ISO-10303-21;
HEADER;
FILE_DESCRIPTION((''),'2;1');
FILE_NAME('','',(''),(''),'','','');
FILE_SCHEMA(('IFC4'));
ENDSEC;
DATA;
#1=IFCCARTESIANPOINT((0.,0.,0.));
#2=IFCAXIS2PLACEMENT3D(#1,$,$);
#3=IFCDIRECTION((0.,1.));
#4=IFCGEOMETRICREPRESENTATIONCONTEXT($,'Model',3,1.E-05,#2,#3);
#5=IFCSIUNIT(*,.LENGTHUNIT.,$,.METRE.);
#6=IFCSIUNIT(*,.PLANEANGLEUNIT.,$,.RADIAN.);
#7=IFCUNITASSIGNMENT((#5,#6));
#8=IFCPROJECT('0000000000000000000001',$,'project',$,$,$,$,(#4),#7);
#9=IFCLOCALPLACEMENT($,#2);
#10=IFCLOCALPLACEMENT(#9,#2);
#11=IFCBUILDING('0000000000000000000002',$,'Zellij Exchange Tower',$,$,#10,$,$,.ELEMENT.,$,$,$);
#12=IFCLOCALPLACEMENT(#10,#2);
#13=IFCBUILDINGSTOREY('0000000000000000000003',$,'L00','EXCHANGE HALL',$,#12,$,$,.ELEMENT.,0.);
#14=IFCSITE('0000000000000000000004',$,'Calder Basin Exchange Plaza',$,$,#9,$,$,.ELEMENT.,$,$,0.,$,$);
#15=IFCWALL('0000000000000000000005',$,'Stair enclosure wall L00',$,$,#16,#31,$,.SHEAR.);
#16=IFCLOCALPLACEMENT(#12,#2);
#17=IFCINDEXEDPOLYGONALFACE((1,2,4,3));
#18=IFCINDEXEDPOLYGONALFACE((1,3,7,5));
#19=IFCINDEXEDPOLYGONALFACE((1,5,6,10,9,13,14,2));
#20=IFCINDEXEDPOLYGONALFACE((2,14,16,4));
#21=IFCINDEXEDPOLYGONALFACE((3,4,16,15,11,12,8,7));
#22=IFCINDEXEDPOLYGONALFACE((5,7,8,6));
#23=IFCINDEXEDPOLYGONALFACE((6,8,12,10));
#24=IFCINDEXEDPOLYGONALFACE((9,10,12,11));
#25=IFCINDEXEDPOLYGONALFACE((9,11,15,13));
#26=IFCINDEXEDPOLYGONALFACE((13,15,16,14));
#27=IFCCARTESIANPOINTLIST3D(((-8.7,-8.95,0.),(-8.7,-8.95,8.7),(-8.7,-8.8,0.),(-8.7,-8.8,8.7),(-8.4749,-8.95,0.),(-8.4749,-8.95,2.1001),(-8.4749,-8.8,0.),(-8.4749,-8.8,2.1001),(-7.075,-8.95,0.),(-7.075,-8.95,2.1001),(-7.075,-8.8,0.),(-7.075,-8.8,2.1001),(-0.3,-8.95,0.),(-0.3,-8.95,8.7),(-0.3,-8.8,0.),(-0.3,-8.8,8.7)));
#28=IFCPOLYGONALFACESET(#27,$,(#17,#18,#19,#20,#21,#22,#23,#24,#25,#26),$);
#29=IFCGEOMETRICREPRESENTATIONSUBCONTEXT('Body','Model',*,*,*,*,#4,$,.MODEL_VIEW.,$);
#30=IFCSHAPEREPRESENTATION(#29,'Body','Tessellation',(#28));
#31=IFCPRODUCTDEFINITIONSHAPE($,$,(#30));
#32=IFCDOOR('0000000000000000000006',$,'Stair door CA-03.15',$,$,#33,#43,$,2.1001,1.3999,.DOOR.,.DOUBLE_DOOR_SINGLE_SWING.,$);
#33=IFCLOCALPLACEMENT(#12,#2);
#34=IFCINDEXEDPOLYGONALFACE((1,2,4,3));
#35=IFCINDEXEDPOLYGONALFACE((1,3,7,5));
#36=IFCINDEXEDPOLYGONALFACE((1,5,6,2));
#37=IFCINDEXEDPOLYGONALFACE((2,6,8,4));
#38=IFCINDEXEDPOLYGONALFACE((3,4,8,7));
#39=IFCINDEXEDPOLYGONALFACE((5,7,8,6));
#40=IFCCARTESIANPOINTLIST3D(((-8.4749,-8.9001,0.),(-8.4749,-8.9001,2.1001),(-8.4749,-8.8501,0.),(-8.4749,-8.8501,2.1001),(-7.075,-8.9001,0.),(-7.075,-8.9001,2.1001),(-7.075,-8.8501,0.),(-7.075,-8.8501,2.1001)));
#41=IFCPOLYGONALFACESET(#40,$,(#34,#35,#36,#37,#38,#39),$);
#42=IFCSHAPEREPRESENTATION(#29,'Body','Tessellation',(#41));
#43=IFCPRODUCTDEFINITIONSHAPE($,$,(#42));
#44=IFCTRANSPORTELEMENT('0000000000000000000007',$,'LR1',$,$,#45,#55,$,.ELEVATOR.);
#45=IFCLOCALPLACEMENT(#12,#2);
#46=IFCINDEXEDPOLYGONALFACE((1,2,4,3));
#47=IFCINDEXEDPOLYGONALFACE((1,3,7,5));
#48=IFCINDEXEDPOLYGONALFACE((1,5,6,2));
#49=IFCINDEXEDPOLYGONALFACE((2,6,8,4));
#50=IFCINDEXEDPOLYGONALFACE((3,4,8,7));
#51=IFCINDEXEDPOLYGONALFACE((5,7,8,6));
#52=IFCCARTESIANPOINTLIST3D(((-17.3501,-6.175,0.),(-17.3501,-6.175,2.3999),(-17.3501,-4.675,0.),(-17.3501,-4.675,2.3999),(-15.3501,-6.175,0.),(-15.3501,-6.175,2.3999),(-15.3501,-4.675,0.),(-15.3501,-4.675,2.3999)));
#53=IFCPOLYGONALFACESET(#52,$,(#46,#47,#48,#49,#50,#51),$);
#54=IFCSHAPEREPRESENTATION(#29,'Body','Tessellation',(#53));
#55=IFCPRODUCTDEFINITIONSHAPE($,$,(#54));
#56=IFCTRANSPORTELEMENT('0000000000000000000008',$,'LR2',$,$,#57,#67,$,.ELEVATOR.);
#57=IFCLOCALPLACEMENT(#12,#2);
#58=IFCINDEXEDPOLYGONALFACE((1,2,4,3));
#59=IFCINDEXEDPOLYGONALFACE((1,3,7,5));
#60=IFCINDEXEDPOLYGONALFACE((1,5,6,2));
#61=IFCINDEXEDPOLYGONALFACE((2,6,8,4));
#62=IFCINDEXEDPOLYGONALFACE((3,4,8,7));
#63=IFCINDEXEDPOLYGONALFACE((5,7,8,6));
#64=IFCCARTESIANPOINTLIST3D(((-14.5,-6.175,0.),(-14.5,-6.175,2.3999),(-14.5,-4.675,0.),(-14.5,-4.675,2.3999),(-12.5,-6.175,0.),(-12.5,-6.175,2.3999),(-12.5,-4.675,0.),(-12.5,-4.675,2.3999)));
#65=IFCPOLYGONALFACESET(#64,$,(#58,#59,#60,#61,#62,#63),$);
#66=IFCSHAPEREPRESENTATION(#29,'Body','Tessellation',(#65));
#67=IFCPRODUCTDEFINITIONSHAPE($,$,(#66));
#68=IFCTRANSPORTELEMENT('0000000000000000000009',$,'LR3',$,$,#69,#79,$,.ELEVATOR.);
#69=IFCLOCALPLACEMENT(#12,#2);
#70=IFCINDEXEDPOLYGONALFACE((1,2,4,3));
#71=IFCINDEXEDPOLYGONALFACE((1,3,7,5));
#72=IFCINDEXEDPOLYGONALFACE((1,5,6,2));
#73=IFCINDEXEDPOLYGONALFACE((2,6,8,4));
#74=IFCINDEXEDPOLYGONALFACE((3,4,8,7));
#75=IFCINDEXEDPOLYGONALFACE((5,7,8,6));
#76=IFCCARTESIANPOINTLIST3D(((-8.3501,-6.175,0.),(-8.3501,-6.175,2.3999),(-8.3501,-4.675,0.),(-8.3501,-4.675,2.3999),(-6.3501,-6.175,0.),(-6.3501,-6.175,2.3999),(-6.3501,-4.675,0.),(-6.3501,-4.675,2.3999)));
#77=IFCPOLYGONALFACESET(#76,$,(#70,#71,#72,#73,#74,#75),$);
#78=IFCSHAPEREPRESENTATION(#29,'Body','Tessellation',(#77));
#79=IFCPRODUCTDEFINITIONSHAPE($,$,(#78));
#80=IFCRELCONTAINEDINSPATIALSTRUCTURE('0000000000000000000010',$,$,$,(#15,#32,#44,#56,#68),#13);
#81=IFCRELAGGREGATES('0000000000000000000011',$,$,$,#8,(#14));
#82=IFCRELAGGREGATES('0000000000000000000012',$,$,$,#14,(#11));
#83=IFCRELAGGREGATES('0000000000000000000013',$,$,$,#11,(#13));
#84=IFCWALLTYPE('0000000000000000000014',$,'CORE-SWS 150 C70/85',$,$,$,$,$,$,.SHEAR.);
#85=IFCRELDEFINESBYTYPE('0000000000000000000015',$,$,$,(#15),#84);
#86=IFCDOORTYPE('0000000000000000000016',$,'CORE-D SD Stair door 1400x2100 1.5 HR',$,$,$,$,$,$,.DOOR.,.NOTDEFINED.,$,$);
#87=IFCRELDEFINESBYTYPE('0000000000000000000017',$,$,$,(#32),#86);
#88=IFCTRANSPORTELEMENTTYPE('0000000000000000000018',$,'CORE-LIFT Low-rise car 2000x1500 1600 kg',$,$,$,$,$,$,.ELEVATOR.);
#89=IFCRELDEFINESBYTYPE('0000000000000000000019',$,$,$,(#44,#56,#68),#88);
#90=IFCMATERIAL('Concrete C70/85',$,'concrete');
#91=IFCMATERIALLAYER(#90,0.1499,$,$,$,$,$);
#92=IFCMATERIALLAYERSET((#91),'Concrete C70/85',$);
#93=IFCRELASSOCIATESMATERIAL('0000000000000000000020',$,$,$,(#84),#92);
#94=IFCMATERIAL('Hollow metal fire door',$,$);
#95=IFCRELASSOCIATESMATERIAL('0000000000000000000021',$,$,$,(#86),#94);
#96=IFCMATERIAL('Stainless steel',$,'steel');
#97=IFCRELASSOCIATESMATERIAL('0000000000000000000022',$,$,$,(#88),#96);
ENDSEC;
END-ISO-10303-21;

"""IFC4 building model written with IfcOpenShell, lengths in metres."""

from ifc_helpers import new_model, si_unit, direction, frame, frame_2d, origin, origin_2d, place, context, subcontext, project, spatial, rectangle, extrude, material, layer, layer_set, type_object, element, fill, save


model = new_model("IFC4")

# Units and contexts
model_context = context("Model", 3, precision=1e-05, world=origin(), true_north=direction((0.0, 1.0)))
body_context = subcontext(model_context, "Body", "Model", "MODEL_VIEW")
ifc_project = project(units=[si_unit("LENGTHUNIT", "METRE"), si_unit("PLANEANGLEUNIT", "RADIAN")], contexts=[model_context])

# Site, building, storey
site_placement = place(None, origin())
site = spatial("IfcSite", under=ifc_project, at=site_placement, Name="Calder Basin Exchange Plaza", CompositionType="ELEMENT", RefElevation=0.0)
building_placement = place(site_placement, origin())
building = spatial("IfcBuilding", under=site, at=building_placement, Name="Zellij Exchange Tower", CompositionType="ELEMENT")
storey_placement = place(building_placement, origin())
storey = spatial("IfcBuildingStorey", under=building, at=storey_placement, Name="L00", Description="EXCHANGE HALL", CompositionType="ELEMENT", Elevation=0.0)

# Shared definitions
ifc_material_1 = material(Name="Concrete C70/85", Category="concrete")

# Shared definitions
ifc_material_2 = material(Name="Hollow metal fire door")

# Wall, opening, door
ifc_layer_1 = layer(ifc_material_1, 0.1499)
ifc_layer_set_1 = layer_set([ifc_layer_1], Name="Concrete C70/85")
wall_type_1 = type_object("IfcWallType", Name="CORE-SWS 150 C70/85", PredefinedType="SHEAR", material=ifc_layer_set_1)
wall_1_placement = place(storey_placement, frame((-8.7, -8.875, 0.0), z_axis=(0.0, 0.0, 1.0), x_axis=(1.0, 0.0, 0.0)))
wall_1 = element("IfcWall", 1, at=wall_1_placement, inside=storey, type_object=wall_type_1, Name="Stair enclosure wall L00", PredefinedType="SHEAR", context=body_context, shape_type="SweptSolid", body=[
    extrude(rectangle(XDim=8.3999, YDim=0.1499, at=frame_2d((4.2, 0.0))), origin(), (0.0, 0.0, 1.0), 8.7),
])
opening_1_placement = place(wall_1_placement, frame((0.2251, 0.0, 0.0)))
opening_1 = element("IfcOpeningElement", 2, at=opening_1_placement, cuts=wall_1, PredefinedType="OPENING", context=body_context, shape_type="SweptSolid", body=[
    extrude(rectangle(XDim=1.3999, YDim=2.1001, at=frame_2d((0.7, 1.05))), frame((0.0, 0.0869, 0.0), z_axis=(0.0, -1.0, 0.0), x_axis=(1.0, 0.0, 0.0)), (0.0, 0.0, 1.0), 0.1738),
])
door_type_1 = type_object("IfcDoorType", Name="CORE-D SD Stair door 1400x2100 1.5 HR", OperationType="NOTDEFINED", PredefinedType="DOOR", material=ifc_material_2)
door_1_placement = place(opening_1_placement, origin())
door_1 = element("IfcDoor", 3, at=door_1_placement, inside=storey, type_object=door_type_1, Name="Stair door CA-03.15", OperationType="DOUBLE_DOOR_SINGLE_SWING", OverallHeight=2.1001, OverallWidth=1.3999, PredefinedType="DOOR", context=body_context, shape_type="SweptSolid", body=[
    extrude(rectangle(XDim=1.3999, YDim=2.1001, at=frame_2d((0.7, 1.05))), frame((0.0, 0.0249, 0.0), z_axis=(0.0, -1.0, 0.0), x_axis=(1.0, 0.0, 0.0)), (0.0, 0.0, 1.0), 0.05),
])
fill(opening_1, door_1)

# Transport elements
ifc_material_3 = material(Name="Stainless steel", Category="steel")
transport_element_type = type_object("IfcTransportElementType", Name="CORE-LIFT Low-rise car 2000x1500 1600 kg", PredefinedType="ELEVATOR", material=ifc_material_3)
for number, where, z_axis, x_axis, name in (
    (4, (-16.3501, -5.425, 0.0), (0.0, 0.0, 1.0), (1.0, 0.0, 0.0), "LR1"),
    (5, (-13.5, -5.425, 0.0), (0.0, 0.0, 1.0), (1.0, 0.0, 0.0), "LR2"),
    (6, (-7.3501, -5.425, 0.0), (0.0, 0.0, 1.0), (1.0, 0.0, 0.0), "LR3"),
):
    element("IfcTransportElement", number, at=place(storey_placement, frame(where, z_axis=z_axis, x_axis=x_axis)), inside=storey, type_object=transport_element_type, Name=name, PredefinedType="ELEVATOR", context=body_context, shape_type="SweptSolid", body=[
        extrude(rectangle(XDim=2.0, YDim=1.5, at=origin_2d()), origin(), (0.0, 0.0, 1.0), 2.3999),
    ])

save(model, "model.ifc")
